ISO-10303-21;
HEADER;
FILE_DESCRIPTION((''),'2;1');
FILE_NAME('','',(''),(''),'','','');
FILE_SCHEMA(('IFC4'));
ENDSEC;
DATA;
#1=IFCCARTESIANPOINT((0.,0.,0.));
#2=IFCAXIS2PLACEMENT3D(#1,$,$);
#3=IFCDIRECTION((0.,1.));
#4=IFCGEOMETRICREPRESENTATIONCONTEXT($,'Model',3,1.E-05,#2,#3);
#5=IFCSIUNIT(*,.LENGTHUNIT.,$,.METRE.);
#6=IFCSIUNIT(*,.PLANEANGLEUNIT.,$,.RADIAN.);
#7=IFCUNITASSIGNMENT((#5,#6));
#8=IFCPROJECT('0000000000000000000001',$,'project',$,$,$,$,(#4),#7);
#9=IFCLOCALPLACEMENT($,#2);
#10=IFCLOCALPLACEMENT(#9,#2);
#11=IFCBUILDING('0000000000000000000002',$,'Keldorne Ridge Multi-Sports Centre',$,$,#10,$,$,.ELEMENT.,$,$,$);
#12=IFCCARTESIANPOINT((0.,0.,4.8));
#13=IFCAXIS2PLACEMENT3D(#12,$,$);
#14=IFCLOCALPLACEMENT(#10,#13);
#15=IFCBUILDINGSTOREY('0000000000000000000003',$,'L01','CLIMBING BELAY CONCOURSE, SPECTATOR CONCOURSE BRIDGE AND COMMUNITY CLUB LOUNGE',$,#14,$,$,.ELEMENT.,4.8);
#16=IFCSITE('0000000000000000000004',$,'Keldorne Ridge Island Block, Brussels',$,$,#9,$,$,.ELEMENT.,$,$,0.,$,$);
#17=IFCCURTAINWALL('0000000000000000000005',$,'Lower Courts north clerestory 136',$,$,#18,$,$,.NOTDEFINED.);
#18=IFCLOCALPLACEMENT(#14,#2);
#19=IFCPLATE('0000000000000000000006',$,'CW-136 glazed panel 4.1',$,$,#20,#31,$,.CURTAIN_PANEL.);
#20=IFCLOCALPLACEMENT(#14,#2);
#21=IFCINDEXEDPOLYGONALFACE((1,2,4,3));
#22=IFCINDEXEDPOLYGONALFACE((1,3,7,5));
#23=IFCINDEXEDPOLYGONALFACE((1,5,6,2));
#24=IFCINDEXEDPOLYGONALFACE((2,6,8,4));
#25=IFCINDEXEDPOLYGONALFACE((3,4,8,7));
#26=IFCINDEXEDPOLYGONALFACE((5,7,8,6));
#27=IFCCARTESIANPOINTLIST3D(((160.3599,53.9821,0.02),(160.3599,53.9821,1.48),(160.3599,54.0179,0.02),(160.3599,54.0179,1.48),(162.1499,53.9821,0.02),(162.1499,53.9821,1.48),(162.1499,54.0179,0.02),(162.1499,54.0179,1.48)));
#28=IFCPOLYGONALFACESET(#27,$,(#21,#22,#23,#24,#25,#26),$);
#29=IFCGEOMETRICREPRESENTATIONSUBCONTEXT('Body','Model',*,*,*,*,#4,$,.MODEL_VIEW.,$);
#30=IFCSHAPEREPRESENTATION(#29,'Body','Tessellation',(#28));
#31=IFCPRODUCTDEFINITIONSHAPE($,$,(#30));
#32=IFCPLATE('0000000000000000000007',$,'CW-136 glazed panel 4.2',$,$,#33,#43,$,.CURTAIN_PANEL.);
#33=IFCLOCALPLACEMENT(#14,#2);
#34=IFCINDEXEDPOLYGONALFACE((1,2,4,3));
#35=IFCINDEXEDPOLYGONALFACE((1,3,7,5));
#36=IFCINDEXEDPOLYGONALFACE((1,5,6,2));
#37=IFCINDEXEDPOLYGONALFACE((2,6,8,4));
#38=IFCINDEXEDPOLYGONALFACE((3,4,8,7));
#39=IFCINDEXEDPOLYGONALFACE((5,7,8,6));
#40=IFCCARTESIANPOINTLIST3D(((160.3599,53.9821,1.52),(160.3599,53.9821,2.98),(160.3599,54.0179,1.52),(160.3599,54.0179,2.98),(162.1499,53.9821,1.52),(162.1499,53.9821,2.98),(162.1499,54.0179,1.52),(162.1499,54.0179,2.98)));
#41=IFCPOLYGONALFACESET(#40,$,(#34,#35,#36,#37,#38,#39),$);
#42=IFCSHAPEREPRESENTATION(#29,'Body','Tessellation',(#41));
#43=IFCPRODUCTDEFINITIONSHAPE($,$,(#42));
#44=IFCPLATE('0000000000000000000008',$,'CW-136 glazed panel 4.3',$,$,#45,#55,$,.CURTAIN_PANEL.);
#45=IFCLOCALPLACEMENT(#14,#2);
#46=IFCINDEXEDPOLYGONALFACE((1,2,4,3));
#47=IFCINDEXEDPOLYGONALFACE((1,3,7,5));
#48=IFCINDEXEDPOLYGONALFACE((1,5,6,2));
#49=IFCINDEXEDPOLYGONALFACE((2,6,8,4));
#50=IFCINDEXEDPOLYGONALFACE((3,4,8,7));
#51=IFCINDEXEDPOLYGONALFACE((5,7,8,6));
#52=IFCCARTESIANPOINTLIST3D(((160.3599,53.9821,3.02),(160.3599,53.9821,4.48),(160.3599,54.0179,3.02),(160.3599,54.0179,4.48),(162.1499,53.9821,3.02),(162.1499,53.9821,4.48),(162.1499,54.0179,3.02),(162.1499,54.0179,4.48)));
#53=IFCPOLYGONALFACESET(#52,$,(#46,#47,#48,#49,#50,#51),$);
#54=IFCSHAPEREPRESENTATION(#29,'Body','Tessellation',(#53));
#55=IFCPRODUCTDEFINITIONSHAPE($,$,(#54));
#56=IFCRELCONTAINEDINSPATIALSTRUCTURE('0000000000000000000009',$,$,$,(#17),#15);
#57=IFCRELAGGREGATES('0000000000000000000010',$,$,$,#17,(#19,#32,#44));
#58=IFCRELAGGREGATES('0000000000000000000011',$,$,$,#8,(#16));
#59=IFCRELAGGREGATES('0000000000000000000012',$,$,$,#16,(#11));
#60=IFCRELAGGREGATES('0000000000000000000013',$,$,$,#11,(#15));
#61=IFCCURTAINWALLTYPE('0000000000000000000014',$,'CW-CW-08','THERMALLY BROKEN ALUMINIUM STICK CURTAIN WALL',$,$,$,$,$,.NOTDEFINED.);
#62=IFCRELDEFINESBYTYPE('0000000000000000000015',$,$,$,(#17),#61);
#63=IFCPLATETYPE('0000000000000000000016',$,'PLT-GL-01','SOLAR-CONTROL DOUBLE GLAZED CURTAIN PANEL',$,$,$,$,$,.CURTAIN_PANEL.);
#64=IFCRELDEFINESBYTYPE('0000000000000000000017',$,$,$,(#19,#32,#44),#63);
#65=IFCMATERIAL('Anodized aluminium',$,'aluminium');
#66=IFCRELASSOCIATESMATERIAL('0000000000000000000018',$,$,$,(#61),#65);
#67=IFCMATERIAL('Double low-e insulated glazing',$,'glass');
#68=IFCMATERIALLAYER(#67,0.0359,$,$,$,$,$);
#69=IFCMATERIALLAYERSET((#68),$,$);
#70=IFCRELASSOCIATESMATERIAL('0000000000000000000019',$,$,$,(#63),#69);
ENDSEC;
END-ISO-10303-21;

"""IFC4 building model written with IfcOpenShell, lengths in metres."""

from ifc_helpers import new_model, si_unit, direction, frame, origin, origin_2d, place, context, subcontext, project, spatial, rectangle, extrude, material, layer, layer_set, type_object, element, aggregate, save


model = new_model("IFC4")

# Units and contexts
model_context = context("Model", 3, precision=1e-05, world=origin(), true_north=direction((0.0, 1.0)))
body_context = subcontext(model_context, "Body", "Model", "MODEL_VIEW")
ifc_project = project(units=[si_unit("LENGTHUNIT", "METRE"), si_unit("PLANEANGLEUNIT", "RADIAN")], contexts=[model_context])

# Site, building, storey
site_placement = place(None, origin())
site = spatial("IfcSite", under=ifc_project, at=site_placement, Name="Keldorne Ridge Island Block, Brussels", CompositionType="ELEMENT", RefElevation=0.0)
building_placement = place(site_placement, origin())
building = spatial("IfcBuilding", under=site, at=building_placement, Name="Keldorne Ridge Multi-Sports Centre", CompositionType="ELEMENT")
storey_placement = place(building_placement, frame((0.0, 0.0, 4.8)))
storey = spatial("IfcBuildingStorey", under=building, at=storey_placement, Name="L01", Description="CLIMBING BELAY CONCOURSE, SPECTATOR CONCOURSE BRIDGE AND COMMUNITY CLUB LOUNGE", CompositionType="ELEMENT", Elevation=4.8)

# Curtain wall
ifc_material_1 = material(Name="Anodized aluminium", Category="aluminium")
curtain_wall_type_1 = type_object("IfcCurtainWallType", Name="CW-CW-08", Description="THERMALLY BROKEN ALUMINIUM STICK CURTAIN WALL", PredefinedType="NOTDEFINED", material=ifc_material_1)
curtain_wall_1_placement = place(storey_placement, origin())
curtain_wall_1 = element("IfcCurtainWall", 1, at=curtain_wall_1_placement, inside=storey, type_object=curtain_wall_type_1, Name="Lower Courts north clerestory 136", PredefinedType="NOTDEFINED")

# Plates
ifc_material_2 = material(Name="Double low-e insulated glazing", Category="glass")
ifc_layer = layer(ifc_material_2, 0.0359)
ifc_layer_set = layer_set([ifc_layer])
plate_type = type_object("IfcPlateType", Name="PLT-GL-01", Description="SOLAR-CONTROL DOUBLE GLAZED CURTAIN PANEL", PredefinedType="CURTAIN_PANEL", material=ifc_layer_set)
plate_1_placement = place(storey_placement, frame((161.2549, 54.0, 0.02), z_axis=(0.0, 0.0, 1.0), x_axis=(-1.0, 0.0, 0.0)))
plate_1 = element("IfcPlate", 2, at=plate_1_placement, type_object=plate_type, Name="CW-136 glazed panel 4.1", PredefinedType="CURTAIN_PANEL", context=body_context, shape_type="SweptSolid", body=[
    extrude(rectangle(XDim=1.79, YDim=0.0359, at=origin_2d()), origin(), (0.0, 0.0, 1.0), 1.46),
])
plate_2_placement = place(storey_placement, frame((161.2549, 54.0, 1.52), z_axis=(0.0, 0.0, 1.0), x_axis=(-1.0, 0.0, 0.0)))
plate_2 = element("IfcPlate", 3, at=plate_2_placement, type_object=plate_type, Name="CW-136 glazed panel 4.2", PredefinedType="CURTAIN_PANEL", context=body_context, shape_type="SweptSolid", body=[
    extrude(rectangle(XDim=1.79, YDim=0.0359, at=origin_2d()), origin(), (0.0, 0.0, 1.0), 1.46),
])
plate_3_placement = place(storey_placement, frame((161.2549, 54.0, 3.02), z_axis=(0.0, 0.0, 1.0), x_axis=(-1.0, 0.0, 0.0)))
plate_3 = element("IfcPlate", 4, at=plate_3_placement, type_object=plate_type, Name="CW-136 glazed panel 4.3", PredefinedType="CURTAIN_PANEL", context=body_context, shape_type="SweptSolid", body=[
    extrude(rectangle(XDim=1.79, YDim=0.0359, at=origin_2d()), origin(), (0.0, 0.0, 1.0), 1.46),
])
aggregate(curtain_wall_1, [plate_1, plate_2, plate_3])

save(model, "model.ifc")
